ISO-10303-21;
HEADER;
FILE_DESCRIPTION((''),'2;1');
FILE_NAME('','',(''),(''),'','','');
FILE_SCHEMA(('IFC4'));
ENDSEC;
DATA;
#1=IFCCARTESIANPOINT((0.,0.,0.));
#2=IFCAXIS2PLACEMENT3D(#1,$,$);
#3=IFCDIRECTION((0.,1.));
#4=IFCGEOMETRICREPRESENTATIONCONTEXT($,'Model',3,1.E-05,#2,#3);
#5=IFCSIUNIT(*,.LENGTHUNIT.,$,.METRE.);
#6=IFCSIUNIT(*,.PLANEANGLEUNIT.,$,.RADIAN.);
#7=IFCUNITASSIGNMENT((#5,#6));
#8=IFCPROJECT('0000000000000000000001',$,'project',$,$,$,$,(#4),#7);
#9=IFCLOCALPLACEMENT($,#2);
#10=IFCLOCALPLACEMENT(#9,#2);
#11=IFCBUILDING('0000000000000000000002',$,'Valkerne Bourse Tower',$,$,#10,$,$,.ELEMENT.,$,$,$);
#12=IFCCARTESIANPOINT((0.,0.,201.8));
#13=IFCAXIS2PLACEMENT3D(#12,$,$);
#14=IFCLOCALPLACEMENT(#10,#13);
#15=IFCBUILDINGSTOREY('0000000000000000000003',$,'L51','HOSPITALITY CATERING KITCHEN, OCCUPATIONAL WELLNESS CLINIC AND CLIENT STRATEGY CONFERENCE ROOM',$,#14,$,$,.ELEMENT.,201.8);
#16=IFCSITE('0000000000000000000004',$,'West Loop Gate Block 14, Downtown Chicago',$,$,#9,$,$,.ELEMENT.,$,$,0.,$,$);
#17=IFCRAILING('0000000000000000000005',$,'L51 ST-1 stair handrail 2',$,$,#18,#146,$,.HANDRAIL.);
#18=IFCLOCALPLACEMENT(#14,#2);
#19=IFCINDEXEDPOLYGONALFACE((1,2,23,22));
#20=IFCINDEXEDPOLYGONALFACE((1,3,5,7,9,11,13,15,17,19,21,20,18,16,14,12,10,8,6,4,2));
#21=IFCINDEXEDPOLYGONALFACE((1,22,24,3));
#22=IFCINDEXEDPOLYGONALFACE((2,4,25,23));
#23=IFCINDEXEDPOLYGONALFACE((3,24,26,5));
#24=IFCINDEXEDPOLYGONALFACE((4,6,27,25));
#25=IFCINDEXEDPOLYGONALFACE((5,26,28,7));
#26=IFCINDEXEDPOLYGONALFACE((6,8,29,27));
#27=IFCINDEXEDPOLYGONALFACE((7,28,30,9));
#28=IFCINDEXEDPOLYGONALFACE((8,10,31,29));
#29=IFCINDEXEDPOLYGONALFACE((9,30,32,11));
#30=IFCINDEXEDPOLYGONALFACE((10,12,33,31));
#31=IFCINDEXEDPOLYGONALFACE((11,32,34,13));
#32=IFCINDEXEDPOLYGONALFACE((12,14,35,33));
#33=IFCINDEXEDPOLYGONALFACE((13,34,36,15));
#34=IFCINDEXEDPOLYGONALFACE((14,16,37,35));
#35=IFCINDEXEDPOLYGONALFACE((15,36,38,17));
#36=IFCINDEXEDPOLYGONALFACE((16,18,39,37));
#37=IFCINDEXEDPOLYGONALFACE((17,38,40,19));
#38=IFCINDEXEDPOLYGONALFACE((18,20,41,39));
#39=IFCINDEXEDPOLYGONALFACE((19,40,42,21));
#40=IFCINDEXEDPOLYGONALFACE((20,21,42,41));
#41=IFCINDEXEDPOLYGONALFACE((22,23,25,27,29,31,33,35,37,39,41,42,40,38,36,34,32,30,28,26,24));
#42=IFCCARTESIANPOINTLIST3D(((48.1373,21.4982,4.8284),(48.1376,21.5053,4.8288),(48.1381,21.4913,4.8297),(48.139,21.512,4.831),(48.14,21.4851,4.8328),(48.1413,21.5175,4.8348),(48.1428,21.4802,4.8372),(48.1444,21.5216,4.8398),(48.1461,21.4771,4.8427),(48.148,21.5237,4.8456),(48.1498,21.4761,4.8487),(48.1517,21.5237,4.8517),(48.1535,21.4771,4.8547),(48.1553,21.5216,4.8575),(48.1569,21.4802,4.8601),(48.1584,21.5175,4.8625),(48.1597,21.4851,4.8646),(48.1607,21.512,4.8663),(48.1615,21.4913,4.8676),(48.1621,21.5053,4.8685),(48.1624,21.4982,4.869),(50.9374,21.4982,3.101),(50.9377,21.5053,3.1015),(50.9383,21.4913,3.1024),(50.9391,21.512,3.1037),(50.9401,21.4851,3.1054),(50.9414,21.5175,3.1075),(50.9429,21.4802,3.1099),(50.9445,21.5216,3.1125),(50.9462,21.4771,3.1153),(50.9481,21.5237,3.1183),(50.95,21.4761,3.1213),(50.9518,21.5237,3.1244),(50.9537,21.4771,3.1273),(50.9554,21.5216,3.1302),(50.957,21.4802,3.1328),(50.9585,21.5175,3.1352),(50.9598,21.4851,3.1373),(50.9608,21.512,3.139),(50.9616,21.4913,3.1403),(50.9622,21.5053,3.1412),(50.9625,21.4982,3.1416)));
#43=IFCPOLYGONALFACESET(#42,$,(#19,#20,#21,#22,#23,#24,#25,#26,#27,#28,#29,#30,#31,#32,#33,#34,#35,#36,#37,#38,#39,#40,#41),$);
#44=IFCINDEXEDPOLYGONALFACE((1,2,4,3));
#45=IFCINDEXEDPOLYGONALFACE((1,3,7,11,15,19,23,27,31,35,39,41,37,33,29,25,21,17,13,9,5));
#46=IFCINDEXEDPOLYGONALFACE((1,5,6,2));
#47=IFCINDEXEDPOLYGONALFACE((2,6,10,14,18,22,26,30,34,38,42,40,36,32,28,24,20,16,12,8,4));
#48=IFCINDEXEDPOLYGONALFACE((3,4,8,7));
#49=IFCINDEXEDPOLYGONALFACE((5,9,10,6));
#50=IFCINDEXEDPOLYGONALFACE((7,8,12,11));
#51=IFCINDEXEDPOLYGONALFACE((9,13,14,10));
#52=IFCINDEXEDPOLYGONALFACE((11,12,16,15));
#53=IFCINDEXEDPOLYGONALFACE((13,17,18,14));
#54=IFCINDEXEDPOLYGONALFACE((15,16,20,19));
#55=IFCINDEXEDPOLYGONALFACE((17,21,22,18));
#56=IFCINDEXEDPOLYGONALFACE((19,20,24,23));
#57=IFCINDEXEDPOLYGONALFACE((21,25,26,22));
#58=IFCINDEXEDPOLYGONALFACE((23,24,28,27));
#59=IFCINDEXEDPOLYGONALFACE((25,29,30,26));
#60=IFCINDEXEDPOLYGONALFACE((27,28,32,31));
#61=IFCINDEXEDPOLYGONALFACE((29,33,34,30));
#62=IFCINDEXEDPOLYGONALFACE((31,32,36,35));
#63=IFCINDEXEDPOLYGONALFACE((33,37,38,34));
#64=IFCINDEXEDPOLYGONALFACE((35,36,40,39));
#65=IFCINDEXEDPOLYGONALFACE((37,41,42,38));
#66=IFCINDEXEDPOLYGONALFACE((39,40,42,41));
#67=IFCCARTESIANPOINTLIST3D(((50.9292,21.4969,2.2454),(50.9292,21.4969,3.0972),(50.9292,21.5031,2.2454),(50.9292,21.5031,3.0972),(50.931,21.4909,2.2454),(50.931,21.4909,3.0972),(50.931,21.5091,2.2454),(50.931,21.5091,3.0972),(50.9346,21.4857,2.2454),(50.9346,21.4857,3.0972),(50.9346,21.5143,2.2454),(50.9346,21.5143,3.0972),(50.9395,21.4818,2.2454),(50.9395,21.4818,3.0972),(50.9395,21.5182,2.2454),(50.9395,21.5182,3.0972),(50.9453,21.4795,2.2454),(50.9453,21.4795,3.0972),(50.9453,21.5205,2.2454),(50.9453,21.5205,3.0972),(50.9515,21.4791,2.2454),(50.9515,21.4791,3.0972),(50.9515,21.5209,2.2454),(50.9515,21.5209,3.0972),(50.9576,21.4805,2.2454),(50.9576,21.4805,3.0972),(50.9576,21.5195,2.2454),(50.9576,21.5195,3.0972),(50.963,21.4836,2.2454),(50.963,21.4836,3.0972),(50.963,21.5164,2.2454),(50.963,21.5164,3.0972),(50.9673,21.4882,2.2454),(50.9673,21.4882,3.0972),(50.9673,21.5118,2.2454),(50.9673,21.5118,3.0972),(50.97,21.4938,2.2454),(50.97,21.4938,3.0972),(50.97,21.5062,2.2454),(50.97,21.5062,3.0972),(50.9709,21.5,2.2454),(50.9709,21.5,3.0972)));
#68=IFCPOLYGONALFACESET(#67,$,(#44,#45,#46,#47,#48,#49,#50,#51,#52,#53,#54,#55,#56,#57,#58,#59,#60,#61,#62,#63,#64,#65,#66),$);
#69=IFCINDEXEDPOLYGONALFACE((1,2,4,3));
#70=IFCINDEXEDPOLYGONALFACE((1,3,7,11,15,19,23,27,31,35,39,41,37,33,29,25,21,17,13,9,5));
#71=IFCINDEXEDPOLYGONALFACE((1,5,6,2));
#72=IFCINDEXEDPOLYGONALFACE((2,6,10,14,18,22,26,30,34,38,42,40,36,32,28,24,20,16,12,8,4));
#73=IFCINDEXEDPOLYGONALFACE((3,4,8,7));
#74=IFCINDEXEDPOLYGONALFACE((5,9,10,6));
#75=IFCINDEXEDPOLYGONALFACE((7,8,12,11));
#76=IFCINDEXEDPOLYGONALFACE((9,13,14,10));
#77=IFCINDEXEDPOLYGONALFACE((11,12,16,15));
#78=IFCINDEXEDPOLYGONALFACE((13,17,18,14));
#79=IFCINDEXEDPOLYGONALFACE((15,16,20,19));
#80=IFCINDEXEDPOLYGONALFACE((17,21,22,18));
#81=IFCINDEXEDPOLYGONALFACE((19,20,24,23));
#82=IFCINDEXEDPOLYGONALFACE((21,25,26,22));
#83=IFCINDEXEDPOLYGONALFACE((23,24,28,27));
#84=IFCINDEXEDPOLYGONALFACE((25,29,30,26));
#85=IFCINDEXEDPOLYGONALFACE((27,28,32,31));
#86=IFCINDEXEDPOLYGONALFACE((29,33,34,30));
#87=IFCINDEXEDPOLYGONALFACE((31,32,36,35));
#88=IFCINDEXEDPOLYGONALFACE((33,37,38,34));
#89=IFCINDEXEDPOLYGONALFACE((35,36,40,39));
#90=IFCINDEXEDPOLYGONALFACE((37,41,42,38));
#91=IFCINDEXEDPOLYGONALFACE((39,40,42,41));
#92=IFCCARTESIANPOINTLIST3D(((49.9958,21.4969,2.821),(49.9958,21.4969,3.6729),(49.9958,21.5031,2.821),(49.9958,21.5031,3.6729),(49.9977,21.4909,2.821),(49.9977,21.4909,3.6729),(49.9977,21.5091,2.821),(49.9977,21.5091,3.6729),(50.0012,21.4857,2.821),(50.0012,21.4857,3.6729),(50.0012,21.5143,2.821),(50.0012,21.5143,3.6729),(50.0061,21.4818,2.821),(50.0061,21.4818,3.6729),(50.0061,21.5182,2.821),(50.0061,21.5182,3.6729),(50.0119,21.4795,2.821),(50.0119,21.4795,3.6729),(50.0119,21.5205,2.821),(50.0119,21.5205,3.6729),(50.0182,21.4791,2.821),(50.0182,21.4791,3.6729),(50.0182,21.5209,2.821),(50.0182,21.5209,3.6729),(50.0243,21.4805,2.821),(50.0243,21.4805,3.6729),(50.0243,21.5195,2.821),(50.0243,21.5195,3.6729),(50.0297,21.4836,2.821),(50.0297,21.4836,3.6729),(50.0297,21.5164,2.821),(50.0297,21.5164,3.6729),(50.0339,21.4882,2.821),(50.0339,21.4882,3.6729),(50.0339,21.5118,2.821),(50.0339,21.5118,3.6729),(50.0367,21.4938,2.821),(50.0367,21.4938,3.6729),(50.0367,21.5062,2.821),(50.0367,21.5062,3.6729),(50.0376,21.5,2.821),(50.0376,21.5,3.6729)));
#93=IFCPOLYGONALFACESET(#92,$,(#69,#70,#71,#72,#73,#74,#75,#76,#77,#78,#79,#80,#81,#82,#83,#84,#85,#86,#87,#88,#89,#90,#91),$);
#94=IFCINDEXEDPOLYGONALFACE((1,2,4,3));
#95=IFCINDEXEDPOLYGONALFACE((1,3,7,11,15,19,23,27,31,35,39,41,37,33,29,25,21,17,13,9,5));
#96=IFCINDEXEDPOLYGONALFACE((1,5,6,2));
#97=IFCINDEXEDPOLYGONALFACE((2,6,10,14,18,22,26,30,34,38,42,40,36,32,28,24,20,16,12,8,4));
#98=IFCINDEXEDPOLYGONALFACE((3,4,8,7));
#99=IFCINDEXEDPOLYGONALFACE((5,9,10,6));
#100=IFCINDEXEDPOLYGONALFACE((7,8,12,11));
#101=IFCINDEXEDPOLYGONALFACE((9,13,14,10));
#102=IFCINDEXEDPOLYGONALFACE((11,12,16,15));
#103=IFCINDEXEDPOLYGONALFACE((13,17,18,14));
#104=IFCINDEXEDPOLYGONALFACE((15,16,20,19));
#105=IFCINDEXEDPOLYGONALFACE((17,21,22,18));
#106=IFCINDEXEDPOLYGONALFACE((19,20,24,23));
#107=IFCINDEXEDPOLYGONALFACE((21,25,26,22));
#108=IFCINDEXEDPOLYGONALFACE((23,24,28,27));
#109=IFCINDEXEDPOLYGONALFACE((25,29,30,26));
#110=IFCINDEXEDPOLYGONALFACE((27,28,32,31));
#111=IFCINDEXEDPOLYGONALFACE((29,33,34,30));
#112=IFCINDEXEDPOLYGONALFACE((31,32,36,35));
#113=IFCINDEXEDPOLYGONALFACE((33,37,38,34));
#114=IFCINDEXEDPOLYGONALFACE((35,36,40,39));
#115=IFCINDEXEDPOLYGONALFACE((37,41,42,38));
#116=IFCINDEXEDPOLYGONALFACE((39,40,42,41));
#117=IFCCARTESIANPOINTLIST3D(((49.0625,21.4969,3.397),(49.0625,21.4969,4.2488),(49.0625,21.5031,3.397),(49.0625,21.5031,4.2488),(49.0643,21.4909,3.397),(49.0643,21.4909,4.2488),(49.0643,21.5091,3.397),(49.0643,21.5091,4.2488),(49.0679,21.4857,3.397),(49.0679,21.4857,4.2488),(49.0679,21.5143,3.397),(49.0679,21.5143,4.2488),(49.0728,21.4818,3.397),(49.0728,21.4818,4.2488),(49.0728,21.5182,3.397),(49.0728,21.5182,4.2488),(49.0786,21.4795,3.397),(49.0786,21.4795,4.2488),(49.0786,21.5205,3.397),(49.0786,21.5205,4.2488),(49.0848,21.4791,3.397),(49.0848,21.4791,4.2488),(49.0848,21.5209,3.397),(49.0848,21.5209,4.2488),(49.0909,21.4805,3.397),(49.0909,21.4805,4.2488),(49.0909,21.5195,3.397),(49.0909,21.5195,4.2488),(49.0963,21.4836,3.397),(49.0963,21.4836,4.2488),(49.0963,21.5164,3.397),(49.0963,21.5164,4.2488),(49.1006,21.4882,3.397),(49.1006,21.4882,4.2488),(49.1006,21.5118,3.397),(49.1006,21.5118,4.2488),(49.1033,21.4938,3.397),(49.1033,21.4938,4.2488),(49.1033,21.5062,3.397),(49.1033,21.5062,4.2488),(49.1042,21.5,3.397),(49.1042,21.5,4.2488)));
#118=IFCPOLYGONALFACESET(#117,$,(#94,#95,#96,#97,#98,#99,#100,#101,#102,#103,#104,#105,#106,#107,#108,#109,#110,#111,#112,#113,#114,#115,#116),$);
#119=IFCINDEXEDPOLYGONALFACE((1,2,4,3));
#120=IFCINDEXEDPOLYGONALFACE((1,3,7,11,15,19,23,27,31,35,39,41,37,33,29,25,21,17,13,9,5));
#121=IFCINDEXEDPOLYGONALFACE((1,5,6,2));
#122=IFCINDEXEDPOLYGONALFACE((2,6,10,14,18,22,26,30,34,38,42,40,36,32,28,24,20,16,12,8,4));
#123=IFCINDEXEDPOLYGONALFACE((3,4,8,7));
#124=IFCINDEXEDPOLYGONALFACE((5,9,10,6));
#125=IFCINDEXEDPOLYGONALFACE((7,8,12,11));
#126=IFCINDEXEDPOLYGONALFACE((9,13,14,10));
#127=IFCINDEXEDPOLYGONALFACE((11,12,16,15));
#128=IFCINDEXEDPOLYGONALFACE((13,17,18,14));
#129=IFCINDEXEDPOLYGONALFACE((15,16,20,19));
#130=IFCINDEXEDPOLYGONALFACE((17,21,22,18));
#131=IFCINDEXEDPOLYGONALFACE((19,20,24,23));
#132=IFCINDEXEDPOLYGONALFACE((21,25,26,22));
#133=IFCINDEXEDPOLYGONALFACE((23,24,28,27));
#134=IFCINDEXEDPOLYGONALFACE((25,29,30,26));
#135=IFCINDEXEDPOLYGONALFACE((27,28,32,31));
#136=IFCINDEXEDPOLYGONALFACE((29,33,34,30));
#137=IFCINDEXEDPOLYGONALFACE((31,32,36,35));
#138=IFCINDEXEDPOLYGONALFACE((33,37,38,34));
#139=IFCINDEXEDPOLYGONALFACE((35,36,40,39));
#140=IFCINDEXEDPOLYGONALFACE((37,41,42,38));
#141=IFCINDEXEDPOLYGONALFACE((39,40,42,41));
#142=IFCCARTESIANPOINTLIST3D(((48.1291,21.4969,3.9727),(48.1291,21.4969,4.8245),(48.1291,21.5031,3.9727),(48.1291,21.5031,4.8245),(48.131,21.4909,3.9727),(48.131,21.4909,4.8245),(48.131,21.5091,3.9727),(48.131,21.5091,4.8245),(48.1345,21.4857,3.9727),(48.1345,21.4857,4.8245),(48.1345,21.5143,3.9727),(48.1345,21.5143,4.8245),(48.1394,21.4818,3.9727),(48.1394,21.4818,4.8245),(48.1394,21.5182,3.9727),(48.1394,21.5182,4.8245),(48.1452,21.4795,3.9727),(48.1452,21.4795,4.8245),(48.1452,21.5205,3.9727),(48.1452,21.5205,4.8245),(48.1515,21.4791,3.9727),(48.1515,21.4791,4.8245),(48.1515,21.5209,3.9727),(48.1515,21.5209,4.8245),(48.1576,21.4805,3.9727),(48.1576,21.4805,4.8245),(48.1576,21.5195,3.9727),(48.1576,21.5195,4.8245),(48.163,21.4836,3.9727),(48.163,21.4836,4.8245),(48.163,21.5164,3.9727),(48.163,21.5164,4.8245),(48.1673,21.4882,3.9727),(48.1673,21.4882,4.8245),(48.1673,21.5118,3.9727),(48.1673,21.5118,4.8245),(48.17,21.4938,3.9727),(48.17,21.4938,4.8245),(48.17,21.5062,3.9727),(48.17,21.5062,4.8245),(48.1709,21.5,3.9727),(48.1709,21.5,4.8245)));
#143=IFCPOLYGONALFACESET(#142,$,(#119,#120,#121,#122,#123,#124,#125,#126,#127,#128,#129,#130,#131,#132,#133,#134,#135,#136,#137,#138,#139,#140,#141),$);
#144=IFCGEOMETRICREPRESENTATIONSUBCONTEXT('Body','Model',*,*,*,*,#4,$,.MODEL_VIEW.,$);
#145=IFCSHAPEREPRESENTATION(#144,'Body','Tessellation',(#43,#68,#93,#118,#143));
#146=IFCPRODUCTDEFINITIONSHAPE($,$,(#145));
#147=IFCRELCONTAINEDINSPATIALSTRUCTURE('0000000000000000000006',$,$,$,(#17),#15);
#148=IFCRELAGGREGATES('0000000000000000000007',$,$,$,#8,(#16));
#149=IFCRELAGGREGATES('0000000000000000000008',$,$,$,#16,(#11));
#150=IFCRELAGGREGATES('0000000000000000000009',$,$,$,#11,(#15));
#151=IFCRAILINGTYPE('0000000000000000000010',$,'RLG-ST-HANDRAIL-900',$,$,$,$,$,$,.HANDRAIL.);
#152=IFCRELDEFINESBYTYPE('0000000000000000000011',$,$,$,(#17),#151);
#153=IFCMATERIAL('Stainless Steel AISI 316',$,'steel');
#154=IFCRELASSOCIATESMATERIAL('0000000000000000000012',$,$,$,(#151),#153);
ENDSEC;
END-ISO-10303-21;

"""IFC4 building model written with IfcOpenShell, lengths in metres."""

from ifc_helpers import new_model, si_unit, direction, frame, origin, origin_2d, place, context, subcontext, project, spatial, circle, extrude, material, type_object, element, save


model = new_model("IFC4")

# Units and contexts
model_context = context("Model", 3, precision=1e-05, world=origin(), true_north=direction((0.0, 1.0)))
body_context = subcontext(model_context, "Body", "Model", "MODEL_VIEW")
ifc_project = project(units=[si_unit("LENGTHUNIT", "METRE"), si_unit("PLANEANGLEUNIT", "RADIAN")], contexts=[model_context])

# Site, building, storey
site_placement = place(None, origin())
site = spatial("IfcSite", under=ifc_project, at=site_placement, Name="West Loop Gate Block 14, Downtown Chicago", CompositionType="ELEMENT", RefElevation=0.0)
building_placement = place(site_placement, origin())
building = spatial("IfcBuilding", under=site, at=building_placement, Name="Valkerne Bourse Tower", CompositionType="ELEMENT")
storey_placement = place(building_placement, frame((0.0, 0.0, 201.8)))
storey = spatial("IfcBuildingStorey", under=building, at=storey_placement, Name="L51", Description="HOSPITALITY CATERING KITCHEN, OCCUPATIONAL WELLNESS CLINIC AND CLIENT STRATEGY CONFERENCE ROOM", CompositionType="ELEMENT", Elevation=201.8)

# Shared definitions
ifc_material_1 = material(Name="Stainless Steel AISI 316", Category="steel")

# Railing
railing_type_1 = type_object("IfcRailingType", Name="RLG-ST-HANDRAIL-900", PredefinedType="HANDRAIL", material=ifc_material_1)
railing_1_placement = place(storey_placement, frame((50.95, 21.5, 2.2454)))
element("IfcRailing", 1, at=railing_1_placement, inside=storey, type_object=railing_type_1, Name="L51 ST-1 stair handrail 2", PredefinedType="HANDRAIL", context=body_context, shape_type="SweptSolid", body=[
    extrude(circle(Radius=0.0239, at=origin_2d()), frame((0.0, 0.0, 0.876), z_axis=(-0.85109, 0.0, 0.52502), x_axis=(0.0, -1.0, 0.0)), (0.0, 0.0, 1.0), 3.29),
    extrude(circle(Radius=0.021, at=origin_2d()), origin(), (0.0, 0.0, 1.0), 0.8518),
    extrude(circle(Radius=0.021, at=origin_2d()), frame((-0.9333, 0.0, 0.5757)), (0.0, 0.0, 1.0), 0.8518),
    extrude(circle(Radius=0.021, at=origin_2d()), frame((-1.8667, 0.0, 1.1516)), (0.0, 0.0, 1.0), 0.8518),
    extrude(circle(Radius=0.021, at=origin_2d()), frame((-2.8, 0.0, 1.7273)), (0.0, 0.0, 1.0), 0.8518),
])

save(model, "model.ifc")
